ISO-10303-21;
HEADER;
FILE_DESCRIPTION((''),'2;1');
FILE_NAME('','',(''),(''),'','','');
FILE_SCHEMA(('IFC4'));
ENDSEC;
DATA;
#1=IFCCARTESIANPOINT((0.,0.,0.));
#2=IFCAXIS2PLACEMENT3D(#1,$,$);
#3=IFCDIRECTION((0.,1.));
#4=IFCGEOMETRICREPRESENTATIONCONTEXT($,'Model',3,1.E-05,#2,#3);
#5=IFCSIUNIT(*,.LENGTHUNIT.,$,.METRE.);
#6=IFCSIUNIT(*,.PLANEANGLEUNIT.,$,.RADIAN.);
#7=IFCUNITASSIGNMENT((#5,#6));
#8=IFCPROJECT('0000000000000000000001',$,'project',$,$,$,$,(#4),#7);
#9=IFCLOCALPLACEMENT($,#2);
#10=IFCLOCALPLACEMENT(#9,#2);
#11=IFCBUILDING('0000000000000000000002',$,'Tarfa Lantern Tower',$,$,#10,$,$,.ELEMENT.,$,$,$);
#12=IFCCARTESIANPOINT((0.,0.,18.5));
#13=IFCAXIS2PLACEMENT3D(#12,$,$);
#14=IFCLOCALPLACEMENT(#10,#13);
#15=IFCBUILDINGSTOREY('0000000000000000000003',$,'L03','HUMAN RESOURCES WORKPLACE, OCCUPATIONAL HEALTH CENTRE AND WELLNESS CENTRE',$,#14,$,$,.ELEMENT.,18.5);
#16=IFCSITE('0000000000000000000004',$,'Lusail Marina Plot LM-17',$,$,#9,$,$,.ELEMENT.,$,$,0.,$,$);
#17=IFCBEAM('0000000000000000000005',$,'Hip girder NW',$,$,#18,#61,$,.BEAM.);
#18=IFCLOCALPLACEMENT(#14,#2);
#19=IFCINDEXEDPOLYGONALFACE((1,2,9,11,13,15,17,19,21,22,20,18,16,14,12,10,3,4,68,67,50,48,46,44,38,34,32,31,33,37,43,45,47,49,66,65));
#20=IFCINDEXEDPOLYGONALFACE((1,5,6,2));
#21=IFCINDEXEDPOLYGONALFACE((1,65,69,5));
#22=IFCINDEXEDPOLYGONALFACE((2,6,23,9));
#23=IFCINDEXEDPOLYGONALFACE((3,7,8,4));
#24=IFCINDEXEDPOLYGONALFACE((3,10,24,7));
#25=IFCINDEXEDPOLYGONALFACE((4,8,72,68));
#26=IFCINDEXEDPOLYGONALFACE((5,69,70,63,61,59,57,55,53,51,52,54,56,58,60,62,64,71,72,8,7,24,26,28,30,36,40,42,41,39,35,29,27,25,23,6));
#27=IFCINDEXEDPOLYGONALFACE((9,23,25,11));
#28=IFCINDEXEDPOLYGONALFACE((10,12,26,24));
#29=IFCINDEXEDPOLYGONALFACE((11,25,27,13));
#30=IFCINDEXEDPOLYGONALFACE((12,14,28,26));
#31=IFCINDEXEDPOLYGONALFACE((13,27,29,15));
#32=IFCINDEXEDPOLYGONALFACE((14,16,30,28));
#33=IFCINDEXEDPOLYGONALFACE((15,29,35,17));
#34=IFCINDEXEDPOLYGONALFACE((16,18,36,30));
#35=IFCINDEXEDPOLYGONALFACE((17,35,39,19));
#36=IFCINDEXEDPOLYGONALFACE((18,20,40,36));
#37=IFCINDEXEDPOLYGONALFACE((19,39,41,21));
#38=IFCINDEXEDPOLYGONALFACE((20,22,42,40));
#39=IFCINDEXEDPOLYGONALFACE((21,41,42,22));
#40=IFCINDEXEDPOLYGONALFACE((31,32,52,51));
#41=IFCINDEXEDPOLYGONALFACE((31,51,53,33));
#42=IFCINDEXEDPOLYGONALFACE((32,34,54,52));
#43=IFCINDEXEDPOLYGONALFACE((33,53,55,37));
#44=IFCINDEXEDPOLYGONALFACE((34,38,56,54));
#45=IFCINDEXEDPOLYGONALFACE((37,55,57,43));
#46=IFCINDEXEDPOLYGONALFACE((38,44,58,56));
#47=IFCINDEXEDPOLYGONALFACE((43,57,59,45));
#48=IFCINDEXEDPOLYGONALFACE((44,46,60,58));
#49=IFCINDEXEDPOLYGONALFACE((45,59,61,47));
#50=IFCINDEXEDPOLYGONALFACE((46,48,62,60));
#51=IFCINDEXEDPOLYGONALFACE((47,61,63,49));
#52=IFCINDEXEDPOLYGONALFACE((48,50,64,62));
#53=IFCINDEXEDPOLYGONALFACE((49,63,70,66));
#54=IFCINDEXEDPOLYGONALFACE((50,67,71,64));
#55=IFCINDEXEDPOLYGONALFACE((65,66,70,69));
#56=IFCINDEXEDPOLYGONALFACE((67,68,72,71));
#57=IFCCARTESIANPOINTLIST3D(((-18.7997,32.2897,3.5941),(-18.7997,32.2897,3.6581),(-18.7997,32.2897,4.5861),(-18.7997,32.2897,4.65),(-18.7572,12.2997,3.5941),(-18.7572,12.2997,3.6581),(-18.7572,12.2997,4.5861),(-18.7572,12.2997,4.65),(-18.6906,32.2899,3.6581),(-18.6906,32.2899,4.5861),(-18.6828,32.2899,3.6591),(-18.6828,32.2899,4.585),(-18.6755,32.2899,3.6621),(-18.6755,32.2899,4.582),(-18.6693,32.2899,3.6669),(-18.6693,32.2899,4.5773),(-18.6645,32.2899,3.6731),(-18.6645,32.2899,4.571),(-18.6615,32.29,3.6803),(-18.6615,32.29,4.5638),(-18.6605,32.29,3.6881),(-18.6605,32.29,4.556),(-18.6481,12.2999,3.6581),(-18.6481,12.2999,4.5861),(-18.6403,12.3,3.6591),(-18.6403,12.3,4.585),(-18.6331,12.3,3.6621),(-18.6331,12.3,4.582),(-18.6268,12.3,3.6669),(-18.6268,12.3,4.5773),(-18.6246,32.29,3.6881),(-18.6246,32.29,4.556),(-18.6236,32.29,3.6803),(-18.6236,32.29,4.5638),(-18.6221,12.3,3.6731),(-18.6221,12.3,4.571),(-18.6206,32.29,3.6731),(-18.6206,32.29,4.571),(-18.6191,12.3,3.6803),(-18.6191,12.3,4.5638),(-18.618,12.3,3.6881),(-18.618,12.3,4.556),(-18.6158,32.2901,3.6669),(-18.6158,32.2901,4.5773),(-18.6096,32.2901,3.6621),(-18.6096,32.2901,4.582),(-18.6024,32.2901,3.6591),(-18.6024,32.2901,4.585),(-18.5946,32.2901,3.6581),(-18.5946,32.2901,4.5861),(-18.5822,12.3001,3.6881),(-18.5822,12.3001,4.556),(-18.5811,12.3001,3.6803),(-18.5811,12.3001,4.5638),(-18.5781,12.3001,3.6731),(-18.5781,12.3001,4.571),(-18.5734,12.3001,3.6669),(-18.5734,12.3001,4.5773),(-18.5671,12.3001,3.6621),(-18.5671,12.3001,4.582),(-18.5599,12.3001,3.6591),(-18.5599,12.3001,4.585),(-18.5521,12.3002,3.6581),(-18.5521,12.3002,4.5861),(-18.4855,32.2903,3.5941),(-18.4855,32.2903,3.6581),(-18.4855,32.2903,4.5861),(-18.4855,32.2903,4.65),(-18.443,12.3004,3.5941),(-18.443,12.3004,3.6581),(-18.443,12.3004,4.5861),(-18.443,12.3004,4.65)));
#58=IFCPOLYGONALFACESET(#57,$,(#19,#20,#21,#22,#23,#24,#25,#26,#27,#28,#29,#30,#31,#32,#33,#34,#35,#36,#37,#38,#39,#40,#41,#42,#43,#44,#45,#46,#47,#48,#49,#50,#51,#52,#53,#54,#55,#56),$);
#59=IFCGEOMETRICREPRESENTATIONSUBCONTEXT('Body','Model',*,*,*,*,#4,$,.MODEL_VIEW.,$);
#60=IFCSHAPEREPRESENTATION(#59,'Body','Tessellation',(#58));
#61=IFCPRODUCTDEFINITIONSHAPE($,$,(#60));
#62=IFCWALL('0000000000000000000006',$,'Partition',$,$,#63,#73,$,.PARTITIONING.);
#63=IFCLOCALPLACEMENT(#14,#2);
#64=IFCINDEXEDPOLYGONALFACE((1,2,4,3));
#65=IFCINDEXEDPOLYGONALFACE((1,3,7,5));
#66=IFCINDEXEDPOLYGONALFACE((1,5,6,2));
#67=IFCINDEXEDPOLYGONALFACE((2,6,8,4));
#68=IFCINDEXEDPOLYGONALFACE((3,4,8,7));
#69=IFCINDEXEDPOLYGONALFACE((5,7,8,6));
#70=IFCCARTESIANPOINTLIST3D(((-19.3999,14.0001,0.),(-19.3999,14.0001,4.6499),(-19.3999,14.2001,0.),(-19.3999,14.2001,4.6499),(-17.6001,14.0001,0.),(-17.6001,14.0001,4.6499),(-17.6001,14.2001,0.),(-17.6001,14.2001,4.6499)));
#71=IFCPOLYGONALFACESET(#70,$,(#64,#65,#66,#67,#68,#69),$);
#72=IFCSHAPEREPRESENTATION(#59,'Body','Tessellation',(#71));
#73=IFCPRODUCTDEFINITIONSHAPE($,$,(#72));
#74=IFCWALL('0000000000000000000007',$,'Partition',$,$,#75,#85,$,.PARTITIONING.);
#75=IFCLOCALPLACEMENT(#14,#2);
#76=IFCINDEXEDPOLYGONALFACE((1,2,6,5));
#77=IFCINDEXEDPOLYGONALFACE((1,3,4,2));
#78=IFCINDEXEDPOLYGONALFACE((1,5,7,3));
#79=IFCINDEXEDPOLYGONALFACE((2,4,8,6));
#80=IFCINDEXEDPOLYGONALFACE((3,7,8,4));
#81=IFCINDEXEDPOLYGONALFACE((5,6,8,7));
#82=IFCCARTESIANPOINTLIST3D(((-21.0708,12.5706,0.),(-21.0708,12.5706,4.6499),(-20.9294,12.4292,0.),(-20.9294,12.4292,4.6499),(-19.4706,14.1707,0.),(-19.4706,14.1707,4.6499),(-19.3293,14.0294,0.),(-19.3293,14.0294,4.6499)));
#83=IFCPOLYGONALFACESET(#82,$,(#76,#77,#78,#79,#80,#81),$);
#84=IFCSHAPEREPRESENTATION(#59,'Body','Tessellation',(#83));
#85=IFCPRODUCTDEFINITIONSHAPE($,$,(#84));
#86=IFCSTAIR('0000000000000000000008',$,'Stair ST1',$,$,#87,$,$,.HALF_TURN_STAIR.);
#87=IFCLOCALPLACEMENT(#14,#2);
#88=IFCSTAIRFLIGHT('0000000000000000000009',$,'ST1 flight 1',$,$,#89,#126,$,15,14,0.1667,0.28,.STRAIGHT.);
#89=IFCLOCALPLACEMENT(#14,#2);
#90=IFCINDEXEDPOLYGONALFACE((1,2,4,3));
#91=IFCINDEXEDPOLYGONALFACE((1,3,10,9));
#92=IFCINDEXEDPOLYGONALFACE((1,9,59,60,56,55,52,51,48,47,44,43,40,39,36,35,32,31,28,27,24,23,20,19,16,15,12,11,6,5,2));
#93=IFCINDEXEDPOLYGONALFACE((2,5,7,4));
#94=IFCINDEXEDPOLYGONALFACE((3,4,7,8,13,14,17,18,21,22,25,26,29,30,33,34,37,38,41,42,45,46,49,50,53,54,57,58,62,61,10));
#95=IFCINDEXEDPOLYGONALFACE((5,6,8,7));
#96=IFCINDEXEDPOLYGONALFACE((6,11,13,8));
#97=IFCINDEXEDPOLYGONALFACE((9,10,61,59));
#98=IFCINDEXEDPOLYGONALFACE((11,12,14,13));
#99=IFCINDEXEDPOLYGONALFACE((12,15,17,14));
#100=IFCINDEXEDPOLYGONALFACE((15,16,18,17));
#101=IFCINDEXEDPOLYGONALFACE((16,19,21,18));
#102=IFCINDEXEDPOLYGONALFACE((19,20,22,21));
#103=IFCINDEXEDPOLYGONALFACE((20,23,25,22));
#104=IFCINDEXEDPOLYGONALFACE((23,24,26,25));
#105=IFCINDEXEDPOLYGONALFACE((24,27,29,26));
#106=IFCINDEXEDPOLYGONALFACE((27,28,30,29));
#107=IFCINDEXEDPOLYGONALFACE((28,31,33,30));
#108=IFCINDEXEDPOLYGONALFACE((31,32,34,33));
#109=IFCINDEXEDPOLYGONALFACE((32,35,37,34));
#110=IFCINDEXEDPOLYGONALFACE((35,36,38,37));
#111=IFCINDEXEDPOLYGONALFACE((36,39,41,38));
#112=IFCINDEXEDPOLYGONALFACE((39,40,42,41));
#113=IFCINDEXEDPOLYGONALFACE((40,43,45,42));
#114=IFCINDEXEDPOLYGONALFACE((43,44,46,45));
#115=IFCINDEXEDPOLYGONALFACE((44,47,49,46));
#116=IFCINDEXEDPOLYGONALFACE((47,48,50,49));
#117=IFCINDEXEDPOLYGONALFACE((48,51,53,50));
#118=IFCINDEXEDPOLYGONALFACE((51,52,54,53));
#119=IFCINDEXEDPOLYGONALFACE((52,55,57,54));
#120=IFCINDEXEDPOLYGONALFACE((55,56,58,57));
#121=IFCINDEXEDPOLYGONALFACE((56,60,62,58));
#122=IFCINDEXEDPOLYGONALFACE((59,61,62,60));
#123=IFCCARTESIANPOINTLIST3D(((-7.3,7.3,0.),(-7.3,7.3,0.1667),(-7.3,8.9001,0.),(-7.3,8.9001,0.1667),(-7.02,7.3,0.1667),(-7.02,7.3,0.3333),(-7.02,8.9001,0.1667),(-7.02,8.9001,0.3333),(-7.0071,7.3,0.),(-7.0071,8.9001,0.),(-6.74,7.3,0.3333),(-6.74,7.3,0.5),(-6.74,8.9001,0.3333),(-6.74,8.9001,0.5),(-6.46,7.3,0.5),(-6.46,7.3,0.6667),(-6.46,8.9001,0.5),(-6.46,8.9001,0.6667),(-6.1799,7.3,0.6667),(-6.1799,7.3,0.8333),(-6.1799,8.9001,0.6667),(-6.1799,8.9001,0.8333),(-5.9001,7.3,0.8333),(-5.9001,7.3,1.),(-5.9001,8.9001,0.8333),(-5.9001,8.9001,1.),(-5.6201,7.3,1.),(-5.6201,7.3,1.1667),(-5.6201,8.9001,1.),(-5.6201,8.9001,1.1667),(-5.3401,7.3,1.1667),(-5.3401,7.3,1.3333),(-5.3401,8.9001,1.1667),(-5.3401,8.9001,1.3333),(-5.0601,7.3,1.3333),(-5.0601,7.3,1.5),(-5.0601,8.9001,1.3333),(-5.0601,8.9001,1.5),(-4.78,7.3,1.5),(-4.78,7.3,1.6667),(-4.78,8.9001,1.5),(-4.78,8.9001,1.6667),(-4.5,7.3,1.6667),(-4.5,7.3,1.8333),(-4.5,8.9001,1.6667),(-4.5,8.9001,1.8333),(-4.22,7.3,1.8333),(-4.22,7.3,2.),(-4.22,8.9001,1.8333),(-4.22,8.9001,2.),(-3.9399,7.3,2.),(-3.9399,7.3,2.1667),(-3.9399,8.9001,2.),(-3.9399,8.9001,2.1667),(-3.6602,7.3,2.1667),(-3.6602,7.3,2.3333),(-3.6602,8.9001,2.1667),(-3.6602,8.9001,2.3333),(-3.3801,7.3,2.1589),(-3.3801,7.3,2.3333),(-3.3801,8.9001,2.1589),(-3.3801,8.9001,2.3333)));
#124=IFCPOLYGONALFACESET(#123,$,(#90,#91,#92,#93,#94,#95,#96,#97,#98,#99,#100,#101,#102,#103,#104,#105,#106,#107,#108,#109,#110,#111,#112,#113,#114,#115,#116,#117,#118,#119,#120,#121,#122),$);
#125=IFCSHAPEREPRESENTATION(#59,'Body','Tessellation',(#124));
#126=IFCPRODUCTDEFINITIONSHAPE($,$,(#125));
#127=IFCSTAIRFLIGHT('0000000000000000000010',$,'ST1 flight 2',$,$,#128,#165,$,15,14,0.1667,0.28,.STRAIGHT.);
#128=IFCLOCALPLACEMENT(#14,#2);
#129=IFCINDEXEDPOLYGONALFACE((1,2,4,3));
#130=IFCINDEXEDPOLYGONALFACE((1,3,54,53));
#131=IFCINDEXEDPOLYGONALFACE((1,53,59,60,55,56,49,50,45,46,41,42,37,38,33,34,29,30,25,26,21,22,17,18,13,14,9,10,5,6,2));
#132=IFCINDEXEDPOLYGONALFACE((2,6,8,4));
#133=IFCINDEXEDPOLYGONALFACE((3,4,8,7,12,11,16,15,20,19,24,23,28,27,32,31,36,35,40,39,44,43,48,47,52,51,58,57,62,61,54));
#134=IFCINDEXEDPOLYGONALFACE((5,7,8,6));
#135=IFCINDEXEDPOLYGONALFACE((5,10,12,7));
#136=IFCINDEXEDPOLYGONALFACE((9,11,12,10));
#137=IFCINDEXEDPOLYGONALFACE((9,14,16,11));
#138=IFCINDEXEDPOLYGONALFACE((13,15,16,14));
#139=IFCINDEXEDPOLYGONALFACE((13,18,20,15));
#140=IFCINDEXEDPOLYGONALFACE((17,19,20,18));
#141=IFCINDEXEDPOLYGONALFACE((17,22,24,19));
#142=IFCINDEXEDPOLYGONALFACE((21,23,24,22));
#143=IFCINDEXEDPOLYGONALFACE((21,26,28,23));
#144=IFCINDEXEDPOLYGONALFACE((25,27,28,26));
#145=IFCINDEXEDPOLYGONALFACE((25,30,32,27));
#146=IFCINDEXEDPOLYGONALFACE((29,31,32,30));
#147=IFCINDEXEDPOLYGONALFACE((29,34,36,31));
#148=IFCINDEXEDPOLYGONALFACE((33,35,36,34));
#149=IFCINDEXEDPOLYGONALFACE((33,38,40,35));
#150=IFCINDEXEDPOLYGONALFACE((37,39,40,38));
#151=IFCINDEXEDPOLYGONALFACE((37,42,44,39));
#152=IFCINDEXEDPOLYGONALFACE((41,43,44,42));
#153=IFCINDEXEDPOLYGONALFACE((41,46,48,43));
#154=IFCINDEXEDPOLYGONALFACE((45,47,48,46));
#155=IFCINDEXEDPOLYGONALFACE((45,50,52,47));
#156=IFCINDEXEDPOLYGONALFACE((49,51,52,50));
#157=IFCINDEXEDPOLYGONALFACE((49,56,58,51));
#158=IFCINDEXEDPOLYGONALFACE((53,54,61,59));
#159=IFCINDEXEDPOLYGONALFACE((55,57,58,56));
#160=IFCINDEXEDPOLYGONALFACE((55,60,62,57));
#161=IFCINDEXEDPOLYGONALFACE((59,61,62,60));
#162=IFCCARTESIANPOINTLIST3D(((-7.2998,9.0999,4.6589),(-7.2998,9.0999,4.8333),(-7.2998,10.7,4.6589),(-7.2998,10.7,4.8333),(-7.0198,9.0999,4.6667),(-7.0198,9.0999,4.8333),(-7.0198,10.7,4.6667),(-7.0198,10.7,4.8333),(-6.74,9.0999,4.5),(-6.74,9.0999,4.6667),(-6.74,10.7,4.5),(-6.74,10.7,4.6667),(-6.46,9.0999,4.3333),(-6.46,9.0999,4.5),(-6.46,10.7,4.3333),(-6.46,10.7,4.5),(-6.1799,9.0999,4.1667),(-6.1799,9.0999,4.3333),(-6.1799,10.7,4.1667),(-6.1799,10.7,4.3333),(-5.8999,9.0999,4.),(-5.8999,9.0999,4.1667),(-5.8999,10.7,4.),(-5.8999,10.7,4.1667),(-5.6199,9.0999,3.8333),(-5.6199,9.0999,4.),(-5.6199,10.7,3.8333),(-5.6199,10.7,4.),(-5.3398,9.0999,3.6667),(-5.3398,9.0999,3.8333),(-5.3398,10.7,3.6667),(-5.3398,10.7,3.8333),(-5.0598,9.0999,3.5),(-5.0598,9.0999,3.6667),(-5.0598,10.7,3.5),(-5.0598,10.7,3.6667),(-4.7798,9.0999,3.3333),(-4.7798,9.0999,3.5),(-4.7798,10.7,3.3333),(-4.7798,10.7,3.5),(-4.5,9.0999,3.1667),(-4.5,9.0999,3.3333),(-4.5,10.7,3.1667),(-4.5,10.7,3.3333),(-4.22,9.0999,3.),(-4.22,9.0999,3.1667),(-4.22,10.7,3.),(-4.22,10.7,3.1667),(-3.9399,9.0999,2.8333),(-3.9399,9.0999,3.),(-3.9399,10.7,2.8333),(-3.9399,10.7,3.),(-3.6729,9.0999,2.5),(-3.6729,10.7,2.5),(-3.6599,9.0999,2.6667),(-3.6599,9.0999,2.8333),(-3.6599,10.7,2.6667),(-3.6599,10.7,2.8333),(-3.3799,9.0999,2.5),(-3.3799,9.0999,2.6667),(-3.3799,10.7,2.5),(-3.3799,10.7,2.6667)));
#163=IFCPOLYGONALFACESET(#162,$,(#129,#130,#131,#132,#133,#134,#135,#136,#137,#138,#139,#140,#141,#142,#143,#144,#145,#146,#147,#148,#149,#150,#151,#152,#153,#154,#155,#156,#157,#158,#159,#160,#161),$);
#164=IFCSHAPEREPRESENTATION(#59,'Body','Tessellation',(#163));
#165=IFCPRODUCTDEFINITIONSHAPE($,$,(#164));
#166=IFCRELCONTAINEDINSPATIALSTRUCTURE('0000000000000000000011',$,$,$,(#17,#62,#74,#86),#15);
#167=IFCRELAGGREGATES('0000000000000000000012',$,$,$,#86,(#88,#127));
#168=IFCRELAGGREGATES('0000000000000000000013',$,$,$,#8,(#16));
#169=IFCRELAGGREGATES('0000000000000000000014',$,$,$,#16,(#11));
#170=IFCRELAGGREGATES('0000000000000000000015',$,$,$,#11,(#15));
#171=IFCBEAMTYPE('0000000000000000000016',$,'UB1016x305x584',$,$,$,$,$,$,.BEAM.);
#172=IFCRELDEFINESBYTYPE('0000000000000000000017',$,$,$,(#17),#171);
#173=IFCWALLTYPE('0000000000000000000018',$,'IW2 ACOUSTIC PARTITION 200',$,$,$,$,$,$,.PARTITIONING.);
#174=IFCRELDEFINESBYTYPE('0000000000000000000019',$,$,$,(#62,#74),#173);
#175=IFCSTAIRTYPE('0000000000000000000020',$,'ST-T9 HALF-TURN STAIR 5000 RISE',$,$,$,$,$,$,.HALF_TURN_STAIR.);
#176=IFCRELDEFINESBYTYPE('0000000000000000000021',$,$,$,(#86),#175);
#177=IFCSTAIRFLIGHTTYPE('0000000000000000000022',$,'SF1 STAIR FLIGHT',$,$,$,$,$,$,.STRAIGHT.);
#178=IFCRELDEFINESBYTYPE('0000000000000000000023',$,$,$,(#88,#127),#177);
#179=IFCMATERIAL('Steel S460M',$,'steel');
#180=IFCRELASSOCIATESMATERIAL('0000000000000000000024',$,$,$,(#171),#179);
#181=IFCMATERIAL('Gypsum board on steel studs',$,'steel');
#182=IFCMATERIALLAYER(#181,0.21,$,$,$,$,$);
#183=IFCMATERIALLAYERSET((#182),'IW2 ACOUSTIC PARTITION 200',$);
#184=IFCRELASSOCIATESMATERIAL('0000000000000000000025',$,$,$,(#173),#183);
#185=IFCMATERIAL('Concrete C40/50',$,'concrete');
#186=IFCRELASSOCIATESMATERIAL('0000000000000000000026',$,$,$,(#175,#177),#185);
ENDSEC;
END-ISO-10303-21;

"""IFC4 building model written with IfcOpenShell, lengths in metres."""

from ifc_helpers import new_model, si_unit, direction, frame, frame_2d, origin, origin_2d, place, context, subcontext, project, spatial, polyline, rectangle, i_section, outline, extrude, material, layer, layer_set, material_profile, profile_set, type_object, element, aggregate, save


model = new_model("IFC4")

# Units and contexts
model_context = context("Model", 3, precision=1e-05, world=origin(), true_north=direction((0.0, 1.0)))
body_context = subcontext(model_context, "Body", "Model", "MODEL_VIEW")
ifc_project = project(units=[si_unit("LENGTHUNIT", "METRE"), si_unit("PLANEANGLEUNIT", "RADIAN")], contexts=[model_context])

# Site, building, storey
site_placement = place(None, origin())
site = spatial("IfcSite", under=ifc_project, at=site_placement, Name="Lusail Marina Plot LM-17", CompositionType="ELEMENT", RefElevation=0.0)
building_placement = place(site_placement, origin())
building = spatial("IfcBuilding", under=site, at=building_placement, Name="Tarfa Lantern Tower", CompositionType="ELEMENT")
storey_placement = place(building_placement, frame((0.0, 0.0, 18.5)))
storey = spatial("IfcBuildingStorey", under=building, at=storey_placement, Name="L03", Description="HUMAN RESOURCES WORKPLACE, OCCUPATIONAL HEALTH CENTRE AND WELLNESS CENTRE", CompositionType="ELEMENT", Elevation=18.5)

# Beam
ifc_material_1 = material(Name="Steel S460M", Category="steel")
ifc_material_profile = material_profile(ifc_material_1, i_section(OverallWidth=0.3142, OverallDepth=1.0559, WebThickness=0.0359, FlangeThickness=0.064, FilletRadius=0.03, at=origin_2d()), Name="UB1016x305x584")
ifc_profile_set = profile_set([ifc_material_profile], Name="Steel S460M")
beam_type = type_object("IfcBeamType", Name="UB1016x305x584", PredefinedType="BEAM", material=ifc_profile_set)
beam_placement = place(storey_placement, frame((-18.6001, 12.3, 4.1221), z_axis=(-0.002125, 0.999998, 0.0), x_axis=(-0.999998, -0.002125, 0.0)))
element("IfcBeam", 1, at=beam_placement, inside=storey, type_object=beam_type, Name="Hip girder NW", PredefinedType="BEAM", context=body_context, shape_type="SweptSolid", body=[
    extrude(i_section(OverallWidth=0.3142, OverallDepth=1.0559, WebThickness=0.0359, FlangeThickness=0.064, FilletRadius=0.03, at=origin_2d()), origin(), (0.0, 0.0, 1.0), 19.99),
])

# Walls
ifc_material_2 = material(Name="Gypsum board on steel studs", Category="steel")
ifc_layer_1 = layer(ifc_material_2, 0.21)
ifc_layer_set_1 = layer_set([ifc_layer_1], Name="IW2 ACOUSTIC PARTITION 200")
wall_type_1 = type_object("IfcWallType", Name="IW2 ACOUSTIC PARTITION 200", PredefinedType="PARTITIONING", material=ifc_layer_set_1)
wall_1_placement = place(storey_placement, frame((-19.3999, 14.1001, 0.0), z_axis=(0.0, 0.0, 1.0), x_axis=(1.0, 0.0, 0.0)))
element("IfcWall", 2, at=wall_1_placement, inside=storey, type_object=wall_type_1, Name="Partition", PredefinedType="PARTITIONING", context=body_context, shape_type="SweptSolid", body=[
    extrude(rectangle(XDim=1.7998, YDim=0.2, at=frame_2d((0.8999, 0.0))), origin(), (0.0, 0.0, 1.0), 4.6499),
])
wall_2_placement = place(storey_placement, frame((-21.0, 12.5, 0.0), z_axis=(0.0, 0.0, 1.0), x_axis=(0.707107, 0.707107, 0.0)))
element("IfcWall", 3, at=wall_2_placement, inside=storey, type_object=wall_type_1, Name="Partition", PredefinedType="PARTITIONING", context=body_context, shape_type="SweptSolid", body=[
    extrude(rectangle(XDim=2.2629, YDim=0.2, at=frame_2d((1.1313, 0.0))), origin(), (0.0, 0.0, 1.0), 4.6499),
])

# Stair, stair flights
ifc_material_3 = material(Name="Concrete C40/50", Category="concrete")
stair_type = type_object("IfcStairType", Name="ST-T9 HALF-TURN STAIR 5000 RISE", PredefinedType="HALF_TURN_STAIR", material=ifc_material_3)
stair_placement = place(storey_placement, origin())
stair = element("IfcStair", 4, at=stair_placement, inside=storey, type_object=stair_type, Name="Stair ST1", PredefinedType="HALF_TURN_STAIR")
stair_flight_type = type_object("IfcStairFlightType", Name="SF1 STAIR FLIGHT", PredefinedType="STRAIGHT", material=ifc_material_3)
stair_flight_1_placement = place(storey_placement, frame((-7.3, 8.1001, 0.0), z_axis=(0.0, 0.0, 1.0), x_axis=(1.0, 0.0, 0.0)))
stair_flight_1 = element("IfcStairFlight", 5, at=stair_flight_1_placement, type_object=stair_flight_type, Name="ST1 flight 1", NumberOfRisers=15, NumberOfTreads=14, PredefinedType="STRAIGHT", RiserHeight=0.1667, TreadLength=0.28, context=body_context, shape_type="SweptSolid", body=[
    extrude(outline(polyline([(0.0, 0.0), (0.0, 0.1667), (0.28, 0.1667), (0.28, 0.3333), (0.5601, 0.3333), (0.5601, 0.5), (0.8401, 0.5), (0.8401, 0.6667), (1.1201, 0.6667), (1.1201, 0.8333), (1.3999, 0.8333), (1.3999, 1.0), (1.6799, 1.0), (1.6799, 1.1667), (1.96, 1.1667), (1.96, 1.3333), (2.24, 1.3333), (2.24, 1.5), (2.52, 1.5), (2.52, 1.6667), (2.8, 1.6667), (2.8, 1.8333), (3.0801, 1.8333), (3.0801, 2.0), (3.3601, 2.0), (3.3601, 2.1667), (3.6399, 2.1667), (3.6399, 2.3333), (3.9199, 2.3333), (3.9199, 2.5), (3.9199, 2.1589), (0.293, 0.0), (0.0, 0.0)])), frame((0.0, 0.8, 0.0), z_axis=(0.0, -1.0, 0.0), x_axis=(1.0, 0.0, 0.0)), (0.0, 0.0, 1.0), 1.6001),
])
stair_flight_2_placement = place(storey_placement, frame((-3.3799, 9.8999, 2.5), z_axis=(0.0, 0.0, 1.0), x_axis=(-1.0, 0.0, 0.0)))
stair_flight_2 = element("IfcStairFlight", 6, at=stair_flight_2_placement, type_object=stair_flight_type, Name="ST1 flight 2", NumberOfRisers=15, NumberOfTreads=14, PredefinedType="STRAIGHT", RiserHeight=0.1667, TreadLength=0.28, context=body_context, shape_type="SweptSolid", body=[
    extrude(outline(polyline([(0.0, 0.0), (0.0, 0.1667), (0.28, 0.1667), (0.28, 0.3333), (0.5601, 0.3333), (0.5601, 0.5), (0.8401, 0.5), (0.8401, 0.6667), (1.1201, 0.6667), (1.1201, 0.8333), (1.3999, 0.8333), (1.3999, 1.0), (1.6799, 1.0), (1.6799, 1.1667), (1.96, 1.1667), (1.96, 1.3333), (2.24, 1.3333), (2.24, 1.5), (2.52, 1.5), (2.52, 1.6667), (2.8, 1.6667), (2.8, 1.8333), (3.0801, 1.8333), (3.0801, 2.0), (3.3601, 2.0), (3.3601, 2.1667), (3.6399, 2.1667), (3.6399, 2.3333), (3.9199, 2.3333), (3.9199, 2.5), (3.9199, 2.1589), (0.293, 0.0), (0.0, 0.0)])), frame((0.0, 0.8, 0.0), z_axis=(0.0, -1.0, 0.0), x_axis=(1.0, 0.0, 0.0)), (0.0, 0.0, 1.0), 1.6001),
])
aggregate(stair, [stair_flight_1, stair_flight_2])

save(model, "model.ifc")
